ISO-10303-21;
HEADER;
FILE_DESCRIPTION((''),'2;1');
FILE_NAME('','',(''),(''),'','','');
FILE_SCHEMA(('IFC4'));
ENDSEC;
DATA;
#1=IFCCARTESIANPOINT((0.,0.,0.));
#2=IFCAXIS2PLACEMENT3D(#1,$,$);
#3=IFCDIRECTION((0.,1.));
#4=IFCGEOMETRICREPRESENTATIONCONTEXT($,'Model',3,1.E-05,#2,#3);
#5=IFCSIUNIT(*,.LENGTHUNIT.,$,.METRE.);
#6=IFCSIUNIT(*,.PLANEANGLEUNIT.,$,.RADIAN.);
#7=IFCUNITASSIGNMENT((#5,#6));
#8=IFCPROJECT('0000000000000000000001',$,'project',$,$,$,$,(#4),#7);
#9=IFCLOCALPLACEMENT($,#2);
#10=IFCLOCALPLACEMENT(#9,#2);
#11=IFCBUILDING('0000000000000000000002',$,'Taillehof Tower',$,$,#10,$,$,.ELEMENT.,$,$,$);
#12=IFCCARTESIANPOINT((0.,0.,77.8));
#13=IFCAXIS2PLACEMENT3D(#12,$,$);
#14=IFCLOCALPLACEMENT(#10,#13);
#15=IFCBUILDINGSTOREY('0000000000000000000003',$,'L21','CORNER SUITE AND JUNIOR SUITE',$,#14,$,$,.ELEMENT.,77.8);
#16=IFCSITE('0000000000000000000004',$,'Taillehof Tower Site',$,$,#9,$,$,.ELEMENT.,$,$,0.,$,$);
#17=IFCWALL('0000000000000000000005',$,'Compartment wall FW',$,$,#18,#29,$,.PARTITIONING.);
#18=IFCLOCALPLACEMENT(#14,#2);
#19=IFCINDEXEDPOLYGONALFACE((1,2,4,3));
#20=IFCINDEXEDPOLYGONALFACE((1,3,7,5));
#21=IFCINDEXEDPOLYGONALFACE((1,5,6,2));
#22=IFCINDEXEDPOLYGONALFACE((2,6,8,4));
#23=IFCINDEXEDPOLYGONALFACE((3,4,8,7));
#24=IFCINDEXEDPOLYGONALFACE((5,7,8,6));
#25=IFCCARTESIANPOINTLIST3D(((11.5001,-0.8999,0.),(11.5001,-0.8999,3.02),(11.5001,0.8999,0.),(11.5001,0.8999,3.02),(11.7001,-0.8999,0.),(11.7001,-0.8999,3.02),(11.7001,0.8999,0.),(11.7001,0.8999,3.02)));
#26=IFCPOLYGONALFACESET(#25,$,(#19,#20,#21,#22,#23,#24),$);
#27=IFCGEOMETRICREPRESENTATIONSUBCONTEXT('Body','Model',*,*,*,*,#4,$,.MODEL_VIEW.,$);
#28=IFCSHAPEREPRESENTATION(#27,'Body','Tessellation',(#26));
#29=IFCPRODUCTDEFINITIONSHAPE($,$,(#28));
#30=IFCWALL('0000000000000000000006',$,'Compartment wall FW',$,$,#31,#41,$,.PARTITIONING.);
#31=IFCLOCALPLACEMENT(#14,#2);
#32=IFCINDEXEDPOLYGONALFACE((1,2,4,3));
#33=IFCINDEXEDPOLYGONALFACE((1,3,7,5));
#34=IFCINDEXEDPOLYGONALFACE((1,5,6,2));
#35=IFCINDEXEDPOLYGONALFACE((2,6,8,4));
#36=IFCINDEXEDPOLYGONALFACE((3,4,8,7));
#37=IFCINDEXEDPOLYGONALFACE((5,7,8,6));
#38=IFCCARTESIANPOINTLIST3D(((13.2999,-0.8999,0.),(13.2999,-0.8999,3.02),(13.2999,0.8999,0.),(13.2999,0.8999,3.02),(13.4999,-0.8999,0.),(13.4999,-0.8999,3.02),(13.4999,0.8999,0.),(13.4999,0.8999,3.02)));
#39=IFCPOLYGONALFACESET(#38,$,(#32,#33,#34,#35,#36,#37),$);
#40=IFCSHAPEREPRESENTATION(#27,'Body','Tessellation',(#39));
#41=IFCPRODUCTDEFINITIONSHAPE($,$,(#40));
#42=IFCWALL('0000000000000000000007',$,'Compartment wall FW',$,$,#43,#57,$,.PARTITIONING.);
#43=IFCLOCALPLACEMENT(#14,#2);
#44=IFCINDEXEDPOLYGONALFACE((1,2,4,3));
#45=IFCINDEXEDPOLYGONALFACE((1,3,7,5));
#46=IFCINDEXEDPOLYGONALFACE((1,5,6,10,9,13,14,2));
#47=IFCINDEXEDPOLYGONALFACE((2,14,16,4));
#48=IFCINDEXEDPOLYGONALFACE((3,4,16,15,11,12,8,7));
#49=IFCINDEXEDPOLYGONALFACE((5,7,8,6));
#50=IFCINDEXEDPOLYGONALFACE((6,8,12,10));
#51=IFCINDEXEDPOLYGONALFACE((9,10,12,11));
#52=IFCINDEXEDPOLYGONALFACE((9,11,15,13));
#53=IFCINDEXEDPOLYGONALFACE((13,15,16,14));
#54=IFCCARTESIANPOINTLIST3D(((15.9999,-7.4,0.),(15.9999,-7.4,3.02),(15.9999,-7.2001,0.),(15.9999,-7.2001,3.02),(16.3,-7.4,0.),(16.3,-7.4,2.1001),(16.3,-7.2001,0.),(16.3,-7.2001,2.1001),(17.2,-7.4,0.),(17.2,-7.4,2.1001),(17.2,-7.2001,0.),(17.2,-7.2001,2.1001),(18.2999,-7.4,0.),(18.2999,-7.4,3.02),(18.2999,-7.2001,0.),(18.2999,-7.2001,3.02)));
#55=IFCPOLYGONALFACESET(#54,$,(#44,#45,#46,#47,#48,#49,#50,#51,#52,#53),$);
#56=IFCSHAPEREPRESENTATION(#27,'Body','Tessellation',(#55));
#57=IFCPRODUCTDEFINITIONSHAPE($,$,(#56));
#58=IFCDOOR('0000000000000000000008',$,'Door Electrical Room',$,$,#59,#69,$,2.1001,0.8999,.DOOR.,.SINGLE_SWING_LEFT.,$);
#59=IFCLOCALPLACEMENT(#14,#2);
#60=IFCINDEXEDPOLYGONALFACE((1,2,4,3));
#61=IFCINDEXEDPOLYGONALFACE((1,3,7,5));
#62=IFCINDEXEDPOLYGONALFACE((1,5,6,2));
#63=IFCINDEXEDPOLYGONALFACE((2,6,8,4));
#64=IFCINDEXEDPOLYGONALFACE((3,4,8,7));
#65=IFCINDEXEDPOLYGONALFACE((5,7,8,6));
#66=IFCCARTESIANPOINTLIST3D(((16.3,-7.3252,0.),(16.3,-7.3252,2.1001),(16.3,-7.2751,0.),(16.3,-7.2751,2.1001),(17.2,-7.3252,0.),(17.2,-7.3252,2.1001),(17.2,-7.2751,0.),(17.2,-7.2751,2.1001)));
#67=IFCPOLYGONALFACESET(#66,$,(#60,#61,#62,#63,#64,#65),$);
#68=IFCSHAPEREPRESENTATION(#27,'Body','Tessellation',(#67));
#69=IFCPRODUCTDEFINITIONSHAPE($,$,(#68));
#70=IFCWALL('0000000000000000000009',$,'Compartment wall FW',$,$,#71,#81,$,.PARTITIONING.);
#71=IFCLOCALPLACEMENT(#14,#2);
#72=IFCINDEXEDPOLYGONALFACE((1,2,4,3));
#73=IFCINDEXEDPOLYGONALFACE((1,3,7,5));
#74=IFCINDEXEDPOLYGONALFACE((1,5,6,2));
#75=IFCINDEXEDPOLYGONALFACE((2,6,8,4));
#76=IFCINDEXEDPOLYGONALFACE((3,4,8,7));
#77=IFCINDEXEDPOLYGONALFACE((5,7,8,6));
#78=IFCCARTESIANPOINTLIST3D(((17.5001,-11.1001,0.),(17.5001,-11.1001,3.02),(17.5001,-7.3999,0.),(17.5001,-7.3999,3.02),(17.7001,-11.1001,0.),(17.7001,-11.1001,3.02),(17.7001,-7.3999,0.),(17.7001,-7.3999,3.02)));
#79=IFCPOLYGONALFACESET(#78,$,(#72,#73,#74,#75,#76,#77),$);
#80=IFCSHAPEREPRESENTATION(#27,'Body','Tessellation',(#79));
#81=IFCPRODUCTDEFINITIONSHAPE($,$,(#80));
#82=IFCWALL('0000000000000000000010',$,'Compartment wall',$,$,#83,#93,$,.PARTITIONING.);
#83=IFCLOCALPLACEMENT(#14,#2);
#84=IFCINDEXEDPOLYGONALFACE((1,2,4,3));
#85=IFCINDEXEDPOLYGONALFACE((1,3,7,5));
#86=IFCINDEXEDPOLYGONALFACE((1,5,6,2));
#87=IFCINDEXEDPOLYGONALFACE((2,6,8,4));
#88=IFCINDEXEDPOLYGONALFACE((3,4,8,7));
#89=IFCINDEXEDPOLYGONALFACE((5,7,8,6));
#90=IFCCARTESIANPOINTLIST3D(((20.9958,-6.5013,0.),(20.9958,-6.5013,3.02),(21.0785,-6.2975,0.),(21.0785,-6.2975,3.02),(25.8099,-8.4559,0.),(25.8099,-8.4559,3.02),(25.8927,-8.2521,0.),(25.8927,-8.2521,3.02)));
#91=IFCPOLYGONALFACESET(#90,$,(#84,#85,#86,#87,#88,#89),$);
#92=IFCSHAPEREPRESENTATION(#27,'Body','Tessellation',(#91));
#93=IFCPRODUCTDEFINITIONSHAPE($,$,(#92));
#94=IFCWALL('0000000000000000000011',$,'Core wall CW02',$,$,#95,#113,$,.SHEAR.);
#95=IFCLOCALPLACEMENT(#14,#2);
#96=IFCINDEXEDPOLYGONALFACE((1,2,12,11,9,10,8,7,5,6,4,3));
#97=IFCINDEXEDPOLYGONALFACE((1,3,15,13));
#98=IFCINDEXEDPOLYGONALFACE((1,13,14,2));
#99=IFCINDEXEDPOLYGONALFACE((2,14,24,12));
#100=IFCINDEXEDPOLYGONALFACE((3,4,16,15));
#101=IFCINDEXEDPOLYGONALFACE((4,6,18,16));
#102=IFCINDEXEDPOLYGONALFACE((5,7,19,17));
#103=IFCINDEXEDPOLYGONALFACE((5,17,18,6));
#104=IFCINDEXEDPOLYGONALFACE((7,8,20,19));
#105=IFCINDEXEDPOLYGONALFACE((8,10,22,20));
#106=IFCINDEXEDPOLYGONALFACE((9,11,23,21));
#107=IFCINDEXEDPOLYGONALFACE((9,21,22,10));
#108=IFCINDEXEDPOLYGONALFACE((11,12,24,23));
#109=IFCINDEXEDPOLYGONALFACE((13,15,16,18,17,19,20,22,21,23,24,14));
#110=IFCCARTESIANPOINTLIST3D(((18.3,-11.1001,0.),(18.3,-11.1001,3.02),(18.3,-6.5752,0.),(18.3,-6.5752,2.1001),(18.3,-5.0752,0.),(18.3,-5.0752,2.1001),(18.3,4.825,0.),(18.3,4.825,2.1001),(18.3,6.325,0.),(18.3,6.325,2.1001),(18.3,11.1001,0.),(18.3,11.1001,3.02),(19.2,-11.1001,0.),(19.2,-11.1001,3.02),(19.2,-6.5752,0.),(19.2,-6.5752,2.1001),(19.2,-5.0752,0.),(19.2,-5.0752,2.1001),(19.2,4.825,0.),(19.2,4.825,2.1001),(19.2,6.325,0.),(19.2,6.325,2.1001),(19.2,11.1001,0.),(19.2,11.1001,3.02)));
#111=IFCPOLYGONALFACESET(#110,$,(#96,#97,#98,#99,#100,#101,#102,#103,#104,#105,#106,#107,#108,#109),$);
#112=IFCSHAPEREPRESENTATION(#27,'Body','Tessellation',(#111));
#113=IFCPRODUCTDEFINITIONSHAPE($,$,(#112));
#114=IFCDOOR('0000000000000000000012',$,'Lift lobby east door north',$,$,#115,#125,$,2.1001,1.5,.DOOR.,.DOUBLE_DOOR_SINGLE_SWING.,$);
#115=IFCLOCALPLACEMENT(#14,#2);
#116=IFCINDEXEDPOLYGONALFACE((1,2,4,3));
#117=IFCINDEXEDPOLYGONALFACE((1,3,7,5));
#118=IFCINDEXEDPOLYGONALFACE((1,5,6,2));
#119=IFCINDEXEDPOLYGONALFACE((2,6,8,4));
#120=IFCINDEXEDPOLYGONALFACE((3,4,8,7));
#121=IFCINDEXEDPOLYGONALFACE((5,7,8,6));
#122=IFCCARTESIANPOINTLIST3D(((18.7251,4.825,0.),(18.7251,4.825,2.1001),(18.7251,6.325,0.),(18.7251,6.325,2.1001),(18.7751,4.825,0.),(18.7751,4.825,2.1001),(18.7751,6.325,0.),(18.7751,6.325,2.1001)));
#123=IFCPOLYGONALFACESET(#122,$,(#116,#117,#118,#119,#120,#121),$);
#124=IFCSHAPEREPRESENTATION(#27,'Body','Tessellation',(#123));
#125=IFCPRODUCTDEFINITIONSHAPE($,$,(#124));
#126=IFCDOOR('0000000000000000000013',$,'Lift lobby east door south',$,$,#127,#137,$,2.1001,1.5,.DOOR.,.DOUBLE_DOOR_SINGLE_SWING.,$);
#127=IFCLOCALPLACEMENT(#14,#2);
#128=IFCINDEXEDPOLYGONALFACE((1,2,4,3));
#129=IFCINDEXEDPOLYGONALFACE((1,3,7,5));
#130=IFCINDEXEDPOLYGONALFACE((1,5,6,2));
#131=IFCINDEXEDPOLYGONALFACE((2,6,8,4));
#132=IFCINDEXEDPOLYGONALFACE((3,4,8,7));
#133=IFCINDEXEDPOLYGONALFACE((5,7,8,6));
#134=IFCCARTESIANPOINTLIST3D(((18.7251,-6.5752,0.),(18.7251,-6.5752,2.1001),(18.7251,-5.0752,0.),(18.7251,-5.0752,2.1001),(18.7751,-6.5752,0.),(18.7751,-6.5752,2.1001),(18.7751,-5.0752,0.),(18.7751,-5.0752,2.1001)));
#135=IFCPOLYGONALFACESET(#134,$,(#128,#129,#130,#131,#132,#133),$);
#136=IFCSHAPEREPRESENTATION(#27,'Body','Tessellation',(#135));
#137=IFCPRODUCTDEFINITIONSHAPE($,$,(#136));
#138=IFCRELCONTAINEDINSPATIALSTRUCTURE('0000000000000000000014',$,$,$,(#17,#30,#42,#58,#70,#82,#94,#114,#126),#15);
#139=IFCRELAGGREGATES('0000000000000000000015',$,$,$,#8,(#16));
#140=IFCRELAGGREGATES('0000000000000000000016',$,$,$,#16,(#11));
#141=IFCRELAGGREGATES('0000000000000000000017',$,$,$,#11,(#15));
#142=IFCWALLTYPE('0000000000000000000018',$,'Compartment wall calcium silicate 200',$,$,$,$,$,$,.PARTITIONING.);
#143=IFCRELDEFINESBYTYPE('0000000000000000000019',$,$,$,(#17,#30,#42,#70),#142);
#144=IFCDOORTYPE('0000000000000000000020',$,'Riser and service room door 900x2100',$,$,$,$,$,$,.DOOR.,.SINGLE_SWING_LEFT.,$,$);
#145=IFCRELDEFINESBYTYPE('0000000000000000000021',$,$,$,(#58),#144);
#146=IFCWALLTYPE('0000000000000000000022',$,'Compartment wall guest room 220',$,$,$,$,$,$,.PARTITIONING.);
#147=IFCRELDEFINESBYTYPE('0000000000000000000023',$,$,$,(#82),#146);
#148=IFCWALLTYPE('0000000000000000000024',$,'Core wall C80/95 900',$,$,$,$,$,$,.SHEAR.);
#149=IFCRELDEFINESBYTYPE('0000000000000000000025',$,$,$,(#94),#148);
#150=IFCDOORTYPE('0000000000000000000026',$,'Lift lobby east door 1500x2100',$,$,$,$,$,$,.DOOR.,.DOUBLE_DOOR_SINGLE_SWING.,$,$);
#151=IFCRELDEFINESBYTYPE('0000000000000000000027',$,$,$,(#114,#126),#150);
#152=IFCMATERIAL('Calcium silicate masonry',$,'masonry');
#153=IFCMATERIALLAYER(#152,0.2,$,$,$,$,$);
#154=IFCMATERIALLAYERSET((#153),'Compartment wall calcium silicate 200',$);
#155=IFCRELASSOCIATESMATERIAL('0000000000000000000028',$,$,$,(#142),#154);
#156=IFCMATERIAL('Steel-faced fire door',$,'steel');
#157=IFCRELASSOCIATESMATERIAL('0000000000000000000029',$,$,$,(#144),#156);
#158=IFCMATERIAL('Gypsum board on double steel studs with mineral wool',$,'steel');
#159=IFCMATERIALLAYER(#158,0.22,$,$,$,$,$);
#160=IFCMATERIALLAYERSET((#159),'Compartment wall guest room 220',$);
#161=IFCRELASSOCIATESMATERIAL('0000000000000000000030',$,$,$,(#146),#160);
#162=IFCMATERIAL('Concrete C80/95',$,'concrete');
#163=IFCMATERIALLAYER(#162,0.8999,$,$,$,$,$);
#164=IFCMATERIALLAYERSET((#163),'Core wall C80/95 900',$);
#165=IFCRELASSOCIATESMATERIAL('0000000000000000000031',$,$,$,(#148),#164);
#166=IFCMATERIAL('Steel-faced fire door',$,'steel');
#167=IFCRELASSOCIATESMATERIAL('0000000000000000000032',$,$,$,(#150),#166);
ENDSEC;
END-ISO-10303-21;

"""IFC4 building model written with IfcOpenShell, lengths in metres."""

from ifc_helpers import new_model, si_unit, direction, frame, frame_2d, origin, place, context, subcontext, project, spatial, rectangle, extrude, material, layer, layer_set, type_object, element, fill, save


model = new_model("IFC4")

# Units and contexts
model_context = context("Model", 3, precision=1e-05, world=origin(), true_north=direction((0.0, 1.0)))
body_context = subcontext(model_context, "Body", "Model", "MODEL_VIEW")
ifc_project = project(units=[si_unit("LENGTHUNIT", "METRE"), si_unit("PLANEANGLEUNIT", "RADIAN")], contexts=[model_context])

# Site, building, storey
site_placement = place(None, origin())
site = spatial("IfcSite", under=ifc_project, at=site_placement, Name="Taillehof Tower Site", CompositionType="ELEMENT", RefElevation=0.0)
building_placement = place(site_placement, origin())
building = spatial("IfcBuilding", under=site, at=building_placement, Name="Taillehof Tower", CompositionType="ELEMENT")
storey_placement = place(building_placement, frame((0.0, 0.0, 77.8)))
storey = spatial("IfcBuildingStorey", under=building, at=storey_placement, Name="L21", Description="CORNER SUITE AND JUNIOR SUITE", CompositionType="ELEMENT", Elevation=77.8)

# Walls
ifc_material_1 = material(Name="Calcium silicate masonry", Category="masonry")
ifc_layer_1 = layer(ifc_material_1, 0.2)
ifc_layer_set_1 = layer_set([ifc_layer_1], Name="Compartment wall calcium silicate 200")
wall_type_1 = type_object("IfcWallType", Name="Compartment wall calcium silicate 200", PredefinedType="PARTITIONING", material=ifc_layer_set_1)
for number, where, z_axis, x_axis, name in (
    (1, (11.6001, -0.8999, 0.0), (0.0, 0.0, 1.0), (0.0, 1.0, 0.0), "Compartment wall FW"),
    (2, (13.3999, -0.8999, 0.0), (0.0, 0.0, 1.0), (0.0, 1.0, 0.0), "Compartment wall FW"),
):
    element("IfcWall", number, at=place(storey_placement, frame(where, z_axis=z_axis, x_axis=x_axis)), inside=storey, type_object=wall_type_1, Name=name, PredefinedType="PARTITIONING", context=body_context, shape_type="SweptSolid", body=[
        extrude(rectangle(XDim=1.7998, YDim=0.2, at=frame_2d((0.8999, 0.0))), origin(), (0.0, 0.0, 1.0), 3.02),
    ])

# Wall, opening, door
wall_1_placement = place(storey_placement, frame((16.0, -7.3, 0.0), z_axis=(0.0, 0.0, 1.0), x_axis=(1.0, 0.0, 0.0)))
wall_1 = element("IfcWall", 3, at=wall_1_placement, inside=storey, type_object=wall_type_1, Name="Compartment wall FW", PredefinedType="PARTITIONING", context=body_context, shape_type="SweptSolid", body=[
    extrude(rectangle(XDim=2.3, YDim=0.2, at=frame_2d((1.1499, 0.0))), origin(), (0.0, 0.0, 1.0), 3.02),
])
opening_1_placement = place(wall_1_placement, frame((0.3, 0.0, 0.0)))
opening_1 = element("IfcOpeningElement", 4, at=opening_1_placement, cuts=wall_1, PredefinedType="OPENING", context=body_context, shape_type="SweptSolid", body=[
    extrude(rectangle(XDim=0.8999, YDim=2.1001, at=frame_2d((0.45, 1.05))), frame((0.0, 0.1099, 0.0), z_axis=(0.0, -1.0, 0.0), x_axis=(1.0, 0.0, 0.0)), (0.0, 0.0, 1.0), 0.22),
])
ifc_material_2 = material(Name="Steel-faced fire door", Category="steel")
door_type_1 = type_object("IfcDoorType", Name="Riser and service room door 900x2100", OperationType="SINGLE_SWING_LEFT", PredefinedType="DOOR", material=ifc_material_2)
door_1_placement = place(opening_1_placement, origin())
door_1 = element("IfcDoor", 5, at=door_1_placement, inside=storey, type_object=door_type_1, Name="Door Electrical Room", OperationType="SINGLE_SWING_LEFT", OverallHeight=2.1001, OverallWidth=0.8999, PredefinedType="DOOR", context=body_context, shape_type="SweptSolid", body=[
    extrude(rectangle(XDim=0.8999, YDim=2.1001, at=frame_2d((0.45, 1.05))), frame((0.0, 0.0249, 0.0), z_axis=(0.0, -1.0, 0.0), x_axis=(1.0, 0.0, 0.0)), (0.0, 0.0, 1.0), 0.05),
])
fill(opening_1, door_1)

# Walls
wall_2_placement = place(storey_placement, frame((17.6001, -11.1001, 0.0), z_axis=(0.0, 0.0, 1.0), x_axis=(0.0, 1.0, 0.0)))
element("IfcWall", 6, at=wall_2_placement, inside=storey, type_object=wall_type_1, Name="Compartment wall FW", PredefinedType="PARTITIONING", context=body_context, shape_type="SweptSolid", body=[
    extrude(rectangle(XDim=3.7002, YDim=0.2, at=frame_2d((1.8501, 0.0))), origin(), (0.0, 0.0, 1.0), 3.02),
])
ifc_material_3 = material(Name="Gypsum board on double steel studs with mineral wool", Category="steel")
ifc_layer_2 = layer(ifc_material_3, 0.22)
ifc_layer_set_2 = layer_set([ifc_layer_2], Name="Compartment wall guest room 220")
wall_type_2 = type_object("IfcWallType", Name="Compartment wall guest room 220", PredefinedType="PARTITIONING", material=ifc_layer_set_2)
wall_3_placement = place(storey_placement, frame((25.8513, -8.354, 0.0), z_axis=(0.0, 0.0, 1.0), x_axis=(-0.926546, 0.376182, 0.0)))
element("IfcWall", 7, at=wall_3_placement, inside=storey, type_object=wall_type_2, Name="Compartment wall", PredefinedType="PARTITIONING", context=body_context, shape_type="SweptSolid", body=[
    extrude(rectangle(XDim=5.1958, YDim=0.22, at=frame_2d((2.5979, 0.0))), origin(), (0.0, 0.0, 1.0), 3.02),
])

# Wall, openings, doors
ifc_material_4 = material(Name="Concrete C80/95", Category="concrete")
ifc_layer_3 = layer(ifc_material_4, 0.8999)
ifc_layer_set_3 = layer_set([ifc_layer_3], Name="Core wall C80/95 900")
wall_type_3 = type_object("IfcWallType", Name="Core wall C80/95 900", PredefinedType="SHEAR", material=ifc_layer_set_3)
wall_4_placement = place(storey_placement, frame((18.75, -11.1001, 0.0), z_axis=(0.0, 0.0, 1.0), x_axis=(0.0, 1.0, 0.0)))
wall_4 = element("IfcWall", 8, at=wall_4_placement, inside=storey, type_object=wall_type_3, Name="Core wall CW02", PredefinedType="SHEAR", context=body_context, shape_type="SweptSolid", body=[
    extrude(rectangle(XDim=22.2002, YDim=0.8999, at=frame_2d((11.1001, 0.0))), origin(), (0.0, 0.0, 1.0), 3.02),
])
opening_2_placement = place(wall_4_placement, frame((15.925, 0.0, 0.0)))
opening_2 = element("IfcOpeningElement", 9, at=opening_2_placement, cuts=wall_4, PredefinedType="OPENING", context=body_context, shape_type="SweptSolid", body=[
    extrude(rectangle(XDim=1.5, YDim=2.1001, at=frame_2d((0.75, 1.05))), frame((0.0, 0.46, 0.0), z_axis=(0.0, -1.0, 0.0), x_axis=(1.0, 0.0, 0.0)), (0.0, 0.0, 1.0), 0.9199),
])
opening_3_placement = place(wall_4_placement, frame((4.5249, 0.0, 0.0)))
opening_3 = element("IfcOpeningElement", 10, at=opening_3_placement, cuts=wall_4, PredefinedType="OPENING", context=body_context, shape_type="SweptSolid", body=[
    extrude(rectangle(XDim=1.5, YDim=2.1001, at=frame_2d((0.75, 1.05))), frame((0.0, 0.46, 0.0), z_axis=(0.0, -1.0, 0.0), x_axis=(1.0, 0.0, 0.0)), (0.0, 0.0, 1.0), 0.9199),
])
ifc_material_5 = material(Name="Steel-faced fire door", Category="steel")
door_type_2 = type_object("IfcDoorType", Name="Lift lobby east door 1500x2100", OperationType="DOUBLE_DOOR_SINGLE_SWING", PredefinedType="DOOR", material=ifc_material_5)
door_2_placement = place(opening_2_placement, origin())
door_2 = element("IfcDoor", 11, at=door_2_placement, inside=storey, type_object=door_type_2, Name="Lift lobby east door north", OperationType="DOUBLE_DOOR_SINGLE_SWING", OverallHeight=2.1001, OverallWidth=1.5, PredefinedType="DOOR", context=body_context, shape_type="SweptSolid", body=[
    extrude(rectangle(XDim=1.5, YDim=2.1001, at=frame_2d((0.75, 1.05))), frame((0.0, 0.0249, 0.0), z_axis=(0.0, -1.0, 0.0), x_axis=(1.0, 0.0, 0.0)), (0.0, 0.0, 1.0), 0.05),
])
fill(opening_2, door_2)
door_3_placement = place(opening_3_placement, origin())
door_3 = element("IfcDoor", 12, at=door_3_placement, inside=storey, type_object=door_type_2, Name="Lift lobby east door south", OperationType="DOUBLE_DOOR_SINGLE_SWING", OverallHeight=2.1001, OverallWidth=1.5, PredefinedType="DOOR", context=body_context, shape_type="SweptSolid", body=[
    extrude(rectangle(XDim=1.5, YDim=2.1001, at=frame_2d((0.75, 1.05))), frame((0.0, 0.0249, 0.0), z_axis=(0.0, -1.0, 0.0), x_axis=(1.0, 0.0, 0.0)), (0.0, 0.0, 1.0), 0.05),
])
fill(opening_3, door_3)

save(model, "model.ifc")
